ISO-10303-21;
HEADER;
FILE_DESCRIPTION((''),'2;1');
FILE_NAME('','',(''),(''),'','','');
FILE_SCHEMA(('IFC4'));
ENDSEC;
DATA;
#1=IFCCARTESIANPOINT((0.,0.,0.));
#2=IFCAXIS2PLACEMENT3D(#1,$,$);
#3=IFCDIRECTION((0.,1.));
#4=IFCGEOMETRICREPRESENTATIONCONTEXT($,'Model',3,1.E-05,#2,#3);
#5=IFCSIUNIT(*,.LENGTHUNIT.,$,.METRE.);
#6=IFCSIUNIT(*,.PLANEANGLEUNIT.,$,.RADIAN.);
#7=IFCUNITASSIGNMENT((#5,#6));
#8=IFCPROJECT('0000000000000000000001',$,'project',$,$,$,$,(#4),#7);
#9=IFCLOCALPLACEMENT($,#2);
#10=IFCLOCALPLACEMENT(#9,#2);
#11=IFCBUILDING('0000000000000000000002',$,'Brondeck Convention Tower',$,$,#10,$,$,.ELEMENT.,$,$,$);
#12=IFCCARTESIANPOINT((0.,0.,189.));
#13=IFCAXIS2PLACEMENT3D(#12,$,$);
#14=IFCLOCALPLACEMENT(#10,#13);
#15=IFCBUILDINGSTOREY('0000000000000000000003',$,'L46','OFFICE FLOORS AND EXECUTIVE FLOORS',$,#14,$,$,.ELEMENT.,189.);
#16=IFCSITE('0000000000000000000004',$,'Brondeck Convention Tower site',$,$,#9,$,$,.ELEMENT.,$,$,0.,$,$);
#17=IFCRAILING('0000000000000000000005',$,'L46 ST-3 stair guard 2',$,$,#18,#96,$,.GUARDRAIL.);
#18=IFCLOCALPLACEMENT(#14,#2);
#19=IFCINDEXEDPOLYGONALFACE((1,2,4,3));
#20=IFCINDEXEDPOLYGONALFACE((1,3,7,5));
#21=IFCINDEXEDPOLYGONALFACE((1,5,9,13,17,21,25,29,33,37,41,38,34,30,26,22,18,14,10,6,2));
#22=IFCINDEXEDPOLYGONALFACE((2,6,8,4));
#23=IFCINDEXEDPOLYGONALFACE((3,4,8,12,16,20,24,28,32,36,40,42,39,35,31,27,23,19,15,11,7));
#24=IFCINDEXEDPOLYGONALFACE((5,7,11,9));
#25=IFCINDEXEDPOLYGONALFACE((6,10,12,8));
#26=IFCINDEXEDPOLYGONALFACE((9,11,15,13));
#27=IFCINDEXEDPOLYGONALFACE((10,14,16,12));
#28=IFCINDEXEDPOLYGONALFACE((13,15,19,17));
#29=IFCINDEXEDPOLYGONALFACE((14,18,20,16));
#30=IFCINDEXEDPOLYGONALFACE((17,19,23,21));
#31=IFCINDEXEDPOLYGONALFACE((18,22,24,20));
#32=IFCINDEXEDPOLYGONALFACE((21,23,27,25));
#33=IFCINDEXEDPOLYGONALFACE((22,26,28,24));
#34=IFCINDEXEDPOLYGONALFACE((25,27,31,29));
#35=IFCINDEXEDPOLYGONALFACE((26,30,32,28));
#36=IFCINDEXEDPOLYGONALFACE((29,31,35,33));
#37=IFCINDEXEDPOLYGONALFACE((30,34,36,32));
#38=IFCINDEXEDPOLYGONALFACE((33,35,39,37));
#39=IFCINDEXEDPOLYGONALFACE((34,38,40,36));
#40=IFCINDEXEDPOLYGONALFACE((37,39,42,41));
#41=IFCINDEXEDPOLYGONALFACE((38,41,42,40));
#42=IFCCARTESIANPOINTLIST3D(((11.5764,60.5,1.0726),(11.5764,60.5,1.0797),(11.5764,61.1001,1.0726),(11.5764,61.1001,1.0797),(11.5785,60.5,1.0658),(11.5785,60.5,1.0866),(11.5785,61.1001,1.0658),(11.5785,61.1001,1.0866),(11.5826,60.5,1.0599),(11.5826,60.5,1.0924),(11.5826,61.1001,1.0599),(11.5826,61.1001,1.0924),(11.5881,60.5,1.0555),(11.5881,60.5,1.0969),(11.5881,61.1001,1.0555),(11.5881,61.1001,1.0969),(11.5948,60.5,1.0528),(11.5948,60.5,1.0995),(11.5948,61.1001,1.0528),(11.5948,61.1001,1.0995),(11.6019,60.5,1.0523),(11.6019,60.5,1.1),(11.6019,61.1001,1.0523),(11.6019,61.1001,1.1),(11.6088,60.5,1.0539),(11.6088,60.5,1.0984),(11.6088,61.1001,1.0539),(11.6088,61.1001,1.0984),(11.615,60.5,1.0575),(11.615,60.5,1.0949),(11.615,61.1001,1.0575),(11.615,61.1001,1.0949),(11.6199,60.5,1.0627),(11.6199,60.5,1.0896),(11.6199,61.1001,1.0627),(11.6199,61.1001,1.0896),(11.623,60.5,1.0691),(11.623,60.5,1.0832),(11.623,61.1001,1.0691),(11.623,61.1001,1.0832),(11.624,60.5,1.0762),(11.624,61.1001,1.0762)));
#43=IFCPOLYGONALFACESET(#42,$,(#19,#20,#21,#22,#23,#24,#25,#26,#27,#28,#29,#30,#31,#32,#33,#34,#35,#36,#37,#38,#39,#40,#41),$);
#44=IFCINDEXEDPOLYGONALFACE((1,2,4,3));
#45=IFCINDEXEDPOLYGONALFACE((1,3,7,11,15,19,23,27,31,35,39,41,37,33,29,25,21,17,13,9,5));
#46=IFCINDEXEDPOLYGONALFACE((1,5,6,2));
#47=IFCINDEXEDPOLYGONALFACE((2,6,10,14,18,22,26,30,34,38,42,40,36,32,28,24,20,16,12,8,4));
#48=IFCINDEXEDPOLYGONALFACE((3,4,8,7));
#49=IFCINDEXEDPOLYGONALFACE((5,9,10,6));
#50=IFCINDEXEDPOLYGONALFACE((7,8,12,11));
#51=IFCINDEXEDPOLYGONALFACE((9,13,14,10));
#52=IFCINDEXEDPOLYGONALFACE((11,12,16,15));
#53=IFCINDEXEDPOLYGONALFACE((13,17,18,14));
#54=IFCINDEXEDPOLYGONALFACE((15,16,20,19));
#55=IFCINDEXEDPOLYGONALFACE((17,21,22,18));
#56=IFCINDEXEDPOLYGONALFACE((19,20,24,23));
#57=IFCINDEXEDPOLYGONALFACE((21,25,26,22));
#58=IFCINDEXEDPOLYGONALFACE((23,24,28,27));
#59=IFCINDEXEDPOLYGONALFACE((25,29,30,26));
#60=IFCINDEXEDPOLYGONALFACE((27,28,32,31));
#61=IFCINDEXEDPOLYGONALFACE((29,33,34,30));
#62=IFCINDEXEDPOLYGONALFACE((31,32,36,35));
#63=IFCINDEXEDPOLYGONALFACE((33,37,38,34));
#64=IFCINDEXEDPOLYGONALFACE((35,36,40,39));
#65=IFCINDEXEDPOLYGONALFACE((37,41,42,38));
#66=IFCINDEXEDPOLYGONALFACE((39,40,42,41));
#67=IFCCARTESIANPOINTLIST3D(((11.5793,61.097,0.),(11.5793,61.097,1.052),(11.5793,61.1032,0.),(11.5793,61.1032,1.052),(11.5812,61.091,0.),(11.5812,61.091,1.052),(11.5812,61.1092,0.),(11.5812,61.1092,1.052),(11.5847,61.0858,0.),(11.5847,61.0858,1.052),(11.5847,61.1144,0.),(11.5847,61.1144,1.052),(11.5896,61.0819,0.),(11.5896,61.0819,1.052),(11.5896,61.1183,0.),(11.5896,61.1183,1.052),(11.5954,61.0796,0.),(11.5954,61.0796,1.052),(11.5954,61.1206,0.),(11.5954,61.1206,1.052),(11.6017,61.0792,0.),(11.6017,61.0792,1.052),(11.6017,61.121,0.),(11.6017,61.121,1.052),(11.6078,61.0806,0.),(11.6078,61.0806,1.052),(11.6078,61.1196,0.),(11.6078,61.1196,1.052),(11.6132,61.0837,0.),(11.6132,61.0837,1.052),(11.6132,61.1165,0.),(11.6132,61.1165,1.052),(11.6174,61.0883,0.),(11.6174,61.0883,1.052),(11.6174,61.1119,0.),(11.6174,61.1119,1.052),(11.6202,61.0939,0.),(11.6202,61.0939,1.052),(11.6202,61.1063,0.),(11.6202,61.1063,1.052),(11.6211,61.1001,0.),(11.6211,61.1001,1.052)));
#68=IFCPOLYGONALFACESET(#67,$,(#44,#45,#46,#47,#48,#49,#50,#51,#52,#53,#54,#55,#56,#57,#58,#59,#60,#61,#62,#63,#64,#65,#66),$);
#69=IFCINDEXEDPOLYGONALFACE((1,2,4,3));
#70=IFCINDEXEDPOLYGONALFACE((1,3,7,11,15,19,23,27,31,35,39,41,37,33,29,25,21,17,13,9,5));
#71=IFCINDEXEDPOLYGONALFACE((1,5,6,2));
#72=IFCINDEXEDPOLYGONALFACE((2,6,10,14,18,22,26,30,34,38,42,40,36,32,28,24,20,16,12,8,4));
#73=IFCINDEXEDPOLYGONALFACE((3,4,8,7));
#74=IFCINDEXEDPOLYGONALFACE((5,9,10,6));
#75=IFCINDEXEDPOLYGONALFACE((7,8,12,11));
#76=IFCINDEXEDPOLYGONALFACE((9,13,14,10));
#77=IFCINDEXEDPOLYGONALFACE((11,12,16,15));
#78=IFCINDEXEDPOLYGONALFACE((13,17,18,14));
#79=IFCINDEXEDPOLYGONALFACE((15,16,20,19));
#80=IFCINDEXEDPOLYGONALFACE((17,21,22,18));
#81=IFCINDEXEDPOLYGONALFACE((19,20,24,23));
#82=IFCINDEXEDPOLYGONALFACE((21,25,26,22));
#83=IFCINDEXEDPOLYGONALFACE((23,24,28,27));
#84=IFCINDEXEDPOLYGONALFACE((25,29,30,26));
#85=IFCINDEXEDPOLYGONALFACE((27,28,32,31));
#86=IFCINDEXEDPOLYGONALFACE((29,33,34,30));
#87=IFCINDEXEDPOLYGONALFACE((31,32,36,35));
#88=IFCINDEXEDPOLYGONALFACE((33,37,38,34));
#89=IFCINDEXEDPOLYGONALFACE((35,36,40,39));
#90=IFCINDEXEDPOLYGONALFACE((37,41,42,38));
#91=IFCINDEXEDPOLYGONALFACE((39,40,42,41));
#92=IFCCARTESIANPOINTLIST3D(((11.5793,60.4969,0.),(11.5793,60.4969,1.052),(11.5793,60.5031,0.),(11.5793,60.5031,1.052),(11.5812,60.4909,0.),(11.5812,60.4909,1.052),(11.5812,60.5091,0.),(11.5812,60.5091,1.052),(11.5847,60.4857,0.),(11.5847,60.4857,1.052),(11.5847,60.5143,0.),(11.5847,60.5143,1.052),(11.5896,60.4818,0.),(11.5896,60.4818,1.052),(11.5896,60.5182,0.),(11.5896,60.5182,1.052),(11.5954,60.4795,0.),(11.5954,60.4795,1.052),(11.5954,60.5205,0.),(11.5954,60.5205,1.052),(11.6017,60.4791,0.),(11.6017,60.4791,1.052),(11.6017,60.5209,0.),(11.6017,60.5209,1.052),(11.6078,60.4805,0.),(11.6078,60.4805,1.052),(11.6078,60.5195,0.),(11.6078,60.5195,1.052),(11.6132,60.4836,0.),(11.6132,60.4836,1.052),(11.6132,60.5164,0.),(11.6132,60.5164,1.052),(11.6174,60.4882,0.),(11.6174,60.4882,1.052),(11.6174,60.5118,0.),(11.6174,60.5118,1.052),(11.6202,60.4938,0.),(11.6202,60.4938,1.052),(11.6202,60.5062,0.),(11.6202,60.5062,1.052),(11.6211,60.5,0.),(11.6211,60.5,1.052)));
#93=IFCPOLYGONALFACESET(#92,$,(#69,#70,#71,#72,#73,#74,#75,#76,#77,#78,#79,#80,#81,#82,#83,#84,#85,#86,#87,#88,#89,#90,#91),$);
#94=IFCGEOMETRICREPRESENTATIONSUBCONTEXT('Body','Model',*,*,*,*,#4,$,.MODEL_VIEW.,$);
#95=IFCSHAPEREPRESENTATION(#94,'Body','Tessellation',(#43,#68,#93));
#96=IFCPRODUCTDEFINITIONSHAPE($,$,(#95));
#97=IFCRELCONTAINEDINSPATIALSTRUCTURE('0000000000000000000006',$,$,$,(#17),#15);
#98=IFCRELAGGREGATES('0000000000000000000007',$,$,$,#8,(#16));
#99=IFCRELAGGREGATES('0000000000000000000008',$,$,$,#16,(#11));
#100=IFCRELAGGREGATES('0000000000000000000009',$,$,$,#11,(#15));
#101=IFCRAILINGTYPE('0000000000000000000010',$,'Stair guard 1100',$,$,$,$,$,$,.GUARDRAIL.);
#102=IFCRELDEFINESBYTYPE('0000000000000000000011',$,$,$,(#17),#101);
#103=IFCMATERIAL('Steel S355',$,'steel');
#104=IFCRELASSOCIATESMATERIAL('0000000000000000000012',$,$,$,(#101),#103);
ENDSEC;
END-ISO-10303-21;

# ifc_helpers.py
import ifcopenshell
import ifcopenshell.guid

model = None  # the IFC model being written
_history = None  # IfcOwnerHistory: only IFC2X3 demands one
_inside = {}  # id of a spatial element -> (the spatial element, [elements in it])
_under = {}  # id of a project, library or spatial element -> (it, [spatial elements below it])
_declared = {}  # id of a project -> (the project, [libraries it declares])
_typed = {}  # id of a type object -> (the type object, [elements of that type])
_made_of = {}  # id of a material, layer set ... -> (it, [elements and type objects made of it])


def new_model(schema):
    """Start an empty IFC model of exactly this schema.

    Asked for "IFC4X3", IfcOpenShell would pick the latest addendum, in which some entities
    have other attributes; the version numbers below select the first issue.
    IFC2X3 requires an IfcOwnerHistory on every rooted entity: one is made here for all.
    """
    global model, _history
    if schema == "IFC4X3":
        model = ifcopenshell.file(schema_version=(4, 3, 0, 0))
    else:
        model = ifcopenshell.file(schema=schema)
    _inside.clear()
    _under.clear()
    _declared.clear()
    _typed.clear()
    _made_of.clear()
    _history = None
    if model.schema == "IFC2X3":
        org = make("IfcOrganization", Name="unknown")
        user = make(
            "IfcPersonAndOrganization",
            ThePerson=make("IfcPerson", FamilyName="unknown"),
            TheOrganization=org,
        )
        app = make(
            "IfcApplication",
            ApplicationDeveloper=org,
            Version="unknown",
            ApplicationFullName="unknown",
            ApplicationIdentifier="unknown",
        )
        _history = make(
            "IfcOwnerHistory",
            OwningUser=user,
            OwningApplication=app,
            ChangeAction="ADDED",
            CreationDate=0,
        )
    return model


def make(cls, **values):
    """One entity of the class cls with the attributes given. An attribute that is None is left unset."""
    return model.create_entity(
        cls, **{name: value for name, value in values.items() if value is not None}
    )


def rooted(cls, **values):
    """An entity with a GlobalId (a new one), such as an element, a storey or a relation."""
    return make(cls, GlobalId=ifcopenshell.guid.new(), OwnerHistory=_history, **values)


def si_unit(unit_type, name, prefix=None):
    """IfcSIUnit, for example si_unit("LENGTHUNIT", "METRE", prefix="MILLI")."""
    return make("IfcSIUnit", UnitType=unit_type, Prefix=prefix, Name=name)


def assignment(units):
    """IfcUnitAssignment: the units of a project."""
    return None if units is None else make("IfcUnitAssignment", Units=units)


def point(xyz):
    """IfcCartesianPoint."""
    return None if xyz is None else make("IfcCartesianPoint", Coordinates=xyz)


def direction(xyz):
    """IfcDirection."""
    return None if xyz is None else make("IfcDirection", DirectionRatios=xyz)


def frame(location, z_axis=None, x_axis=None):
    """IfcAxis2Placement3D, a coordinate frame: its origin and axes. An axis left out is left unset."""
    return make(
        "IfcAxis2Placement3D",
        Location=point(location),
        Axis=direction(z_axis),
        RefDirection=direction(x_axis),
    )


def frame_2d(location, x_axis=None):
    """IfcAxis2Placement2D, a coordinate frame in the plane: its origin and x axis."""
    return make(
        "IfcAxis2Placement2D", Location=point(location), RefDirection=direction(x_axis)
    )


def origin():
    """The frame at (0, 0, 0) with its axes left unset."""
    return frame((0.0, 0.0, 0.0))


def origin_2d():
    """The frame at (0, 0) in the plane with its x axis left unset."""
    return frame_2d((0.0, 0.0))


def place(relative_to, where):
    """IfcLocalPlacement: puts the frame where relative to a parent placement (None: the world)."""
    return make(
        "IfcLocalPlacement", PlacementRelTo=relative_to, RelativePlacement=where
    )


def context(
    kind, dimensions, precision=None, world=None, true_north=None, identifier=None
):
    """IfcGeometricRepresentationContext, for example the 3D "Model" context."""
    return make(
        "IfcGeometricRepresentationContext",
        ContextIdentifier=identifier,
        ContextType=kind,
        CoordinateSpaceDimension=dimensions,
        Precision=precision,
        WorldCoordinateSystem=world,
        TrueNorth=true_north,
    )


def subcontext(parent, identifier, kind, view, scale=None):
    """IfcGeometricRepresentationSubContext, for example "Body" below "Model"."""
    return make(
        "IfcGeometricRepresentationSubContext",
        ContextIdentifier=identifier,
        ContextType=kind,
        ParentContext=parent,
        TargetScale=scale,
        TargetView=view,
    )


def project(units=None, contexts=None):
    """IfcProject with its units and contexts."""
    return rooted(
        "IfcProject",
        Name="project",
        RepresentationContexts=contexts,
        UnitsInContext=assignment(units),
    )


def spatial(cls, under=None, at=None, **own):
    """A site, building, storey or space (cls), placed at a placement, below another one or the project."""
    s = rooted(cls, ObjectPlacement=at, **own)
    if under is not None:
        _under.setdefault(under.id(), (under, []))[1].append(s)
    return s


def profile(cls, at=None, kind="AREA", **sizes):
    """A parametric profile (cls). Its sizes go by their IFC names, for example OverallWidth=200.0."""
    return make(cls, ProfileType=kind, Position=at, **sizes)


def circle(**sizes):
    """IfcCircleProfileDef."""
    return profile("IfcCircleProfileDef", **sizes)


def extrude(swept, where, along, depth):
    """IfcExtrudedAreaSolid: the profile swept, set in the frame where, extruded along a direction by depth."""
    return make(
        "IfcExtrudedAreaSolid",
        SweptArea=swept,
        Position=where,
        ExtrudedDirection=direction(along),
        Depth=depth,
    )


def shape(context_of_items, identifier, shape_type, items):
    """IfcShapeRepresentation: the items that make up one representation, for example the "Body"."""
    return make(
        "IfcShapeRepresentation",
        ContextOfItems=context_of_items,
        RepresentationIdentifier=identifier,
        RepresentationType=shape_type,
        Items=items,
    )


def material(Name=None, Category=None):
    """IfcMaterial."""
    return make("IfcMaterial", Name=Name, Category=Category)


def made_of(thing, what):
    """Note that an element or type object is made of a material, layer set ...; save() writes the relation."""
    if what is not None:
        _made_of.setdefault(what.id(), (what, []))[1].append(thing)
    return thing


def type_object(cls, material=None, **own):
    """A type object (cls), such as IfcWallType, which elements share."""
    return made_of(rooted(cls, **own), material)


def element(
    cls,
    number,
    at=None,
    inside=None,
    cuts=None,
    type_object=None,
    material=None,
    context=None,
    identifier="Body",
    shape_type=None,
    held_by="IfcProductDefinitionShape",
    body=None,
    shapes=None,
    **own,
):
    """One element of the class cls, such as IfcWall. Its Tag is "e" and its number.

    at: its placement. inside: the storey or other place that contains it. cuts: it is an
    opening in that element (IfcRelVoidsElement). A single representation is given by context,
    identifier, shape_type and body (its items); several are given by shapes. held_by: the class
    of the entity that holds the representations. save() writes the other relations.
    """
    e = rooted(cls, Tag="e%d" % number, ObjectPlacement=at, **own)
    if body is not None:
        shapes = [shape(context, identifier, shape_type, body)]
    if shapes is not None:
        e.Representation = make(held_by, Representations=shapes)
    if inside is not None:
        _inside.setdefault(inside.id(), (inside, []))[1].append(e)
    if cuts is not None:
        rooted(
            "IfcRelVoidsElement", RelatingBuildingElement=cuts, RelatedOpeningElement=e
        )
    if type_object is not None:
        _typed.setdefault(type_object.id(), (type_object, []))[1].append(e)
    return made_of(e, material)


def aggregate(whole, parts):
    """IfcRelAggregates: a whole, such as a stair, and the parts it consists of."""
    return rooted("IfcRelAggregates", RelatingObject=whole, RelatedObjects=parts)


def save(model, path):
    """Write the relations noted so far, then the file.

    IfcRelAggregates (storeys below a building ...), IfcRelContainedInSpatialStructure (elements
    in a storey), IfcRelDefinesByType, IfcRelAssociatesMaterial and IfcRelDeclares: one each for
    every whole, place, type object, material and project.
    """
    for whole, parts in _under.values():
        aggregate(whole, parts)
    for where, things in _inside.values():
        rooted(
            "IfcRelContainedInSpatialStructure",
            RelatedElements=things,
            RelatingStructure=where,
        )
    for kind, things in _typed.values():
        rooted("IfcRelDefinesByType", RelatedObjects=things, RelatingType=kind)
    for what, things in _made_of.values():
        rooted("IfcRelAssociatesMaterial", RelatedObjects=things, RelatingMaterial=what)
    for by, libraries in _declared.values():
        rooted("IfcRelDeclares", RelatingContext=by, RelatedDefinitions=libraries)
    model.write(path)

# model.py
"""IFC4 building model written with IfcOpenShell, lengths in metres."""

from ifc_helpers import new_model, si_unit, direction, frame, origin, origin_2d, place, context, subcontext, project, spatial, circle, extrude, material, type_object, element, save


model = new_model("IFC4")

# Units and contexts
model_context = context("Model", 3, precision=1e-05, world=origin(), true_north=direction((0.0, 1.0)))
body_context = subcontext(model_context, "Body", "Model", "MODEL_VIEW")
ifc_project = project(units=[si_unit("LENGTHUNIT", "METRE"), si_unit("PLANEANGLEUNIT", "RADIAN")], contexts=[model_context])

# Site, building, storey
site_placement = place(None, origin())
site = spatial("IfcSite", under=ifc_project, at=site_placement, Name="Brondeck Convention Tower site", CompositionType="ELEMENT", RefElevation=0.0)
building_placement = place(site_placement, origin())
building = spatial("IfcBuilding", under=site, at=building_placement, Name="Brondeck Convention Tower", CompositionType="ELEMENT")
storey_placement = place(building_placement, frame((0.0, 0.0, 189.0)))
storey = spatial("IfcBuildingStorey", under=building, at=storey_placement, Name="L46", Description="OFFICE FLOORS AND EXECUTIVE FLOORS", CompositionType="ELEMENT", Elevation=189.0)

# Railing
ifc_material_1 = material(Name="Steel S355", Category="steel")
railing_type_1 = type_object("IfcRailingType", Name="Stair guard 1100", PredefinedType="GUARDRAIL", material=ifc_material_1)
railing_1_placement = place(storey_placement, frame((11.6001, 61.1001, 0.0)))
element("IfcRailing", 1, at=railing_1_placement, inside=storey, type_object=railing_type_1, Name="L46 ST-3 stair guard 2", PredefinedType="GUARDRAIL", context=body_context, shape_type="SweptSolid", body=[
    extrude(circle(Radius=0.0239, at=origin_2d()), frame((0.0, 0.0, 1.0762), z_axis=(0.0, -1.0, 0.0), x_axis=(1.0, 0.0, 0.0)), (0.0, 0.0, 1.0), 0.6001),
    extrude(circle(Radius=0.021, at=origin_2d()), origin(), (0.0, 0.0, 1.0), 1.052),
    extrude(circle(Radius=0.021, at=origin_2d()), frame((0.0, -0.6001, 0.0)), (0.0, 0.0, 1.0), 1.052),
])

save(model, "model.ifc")
